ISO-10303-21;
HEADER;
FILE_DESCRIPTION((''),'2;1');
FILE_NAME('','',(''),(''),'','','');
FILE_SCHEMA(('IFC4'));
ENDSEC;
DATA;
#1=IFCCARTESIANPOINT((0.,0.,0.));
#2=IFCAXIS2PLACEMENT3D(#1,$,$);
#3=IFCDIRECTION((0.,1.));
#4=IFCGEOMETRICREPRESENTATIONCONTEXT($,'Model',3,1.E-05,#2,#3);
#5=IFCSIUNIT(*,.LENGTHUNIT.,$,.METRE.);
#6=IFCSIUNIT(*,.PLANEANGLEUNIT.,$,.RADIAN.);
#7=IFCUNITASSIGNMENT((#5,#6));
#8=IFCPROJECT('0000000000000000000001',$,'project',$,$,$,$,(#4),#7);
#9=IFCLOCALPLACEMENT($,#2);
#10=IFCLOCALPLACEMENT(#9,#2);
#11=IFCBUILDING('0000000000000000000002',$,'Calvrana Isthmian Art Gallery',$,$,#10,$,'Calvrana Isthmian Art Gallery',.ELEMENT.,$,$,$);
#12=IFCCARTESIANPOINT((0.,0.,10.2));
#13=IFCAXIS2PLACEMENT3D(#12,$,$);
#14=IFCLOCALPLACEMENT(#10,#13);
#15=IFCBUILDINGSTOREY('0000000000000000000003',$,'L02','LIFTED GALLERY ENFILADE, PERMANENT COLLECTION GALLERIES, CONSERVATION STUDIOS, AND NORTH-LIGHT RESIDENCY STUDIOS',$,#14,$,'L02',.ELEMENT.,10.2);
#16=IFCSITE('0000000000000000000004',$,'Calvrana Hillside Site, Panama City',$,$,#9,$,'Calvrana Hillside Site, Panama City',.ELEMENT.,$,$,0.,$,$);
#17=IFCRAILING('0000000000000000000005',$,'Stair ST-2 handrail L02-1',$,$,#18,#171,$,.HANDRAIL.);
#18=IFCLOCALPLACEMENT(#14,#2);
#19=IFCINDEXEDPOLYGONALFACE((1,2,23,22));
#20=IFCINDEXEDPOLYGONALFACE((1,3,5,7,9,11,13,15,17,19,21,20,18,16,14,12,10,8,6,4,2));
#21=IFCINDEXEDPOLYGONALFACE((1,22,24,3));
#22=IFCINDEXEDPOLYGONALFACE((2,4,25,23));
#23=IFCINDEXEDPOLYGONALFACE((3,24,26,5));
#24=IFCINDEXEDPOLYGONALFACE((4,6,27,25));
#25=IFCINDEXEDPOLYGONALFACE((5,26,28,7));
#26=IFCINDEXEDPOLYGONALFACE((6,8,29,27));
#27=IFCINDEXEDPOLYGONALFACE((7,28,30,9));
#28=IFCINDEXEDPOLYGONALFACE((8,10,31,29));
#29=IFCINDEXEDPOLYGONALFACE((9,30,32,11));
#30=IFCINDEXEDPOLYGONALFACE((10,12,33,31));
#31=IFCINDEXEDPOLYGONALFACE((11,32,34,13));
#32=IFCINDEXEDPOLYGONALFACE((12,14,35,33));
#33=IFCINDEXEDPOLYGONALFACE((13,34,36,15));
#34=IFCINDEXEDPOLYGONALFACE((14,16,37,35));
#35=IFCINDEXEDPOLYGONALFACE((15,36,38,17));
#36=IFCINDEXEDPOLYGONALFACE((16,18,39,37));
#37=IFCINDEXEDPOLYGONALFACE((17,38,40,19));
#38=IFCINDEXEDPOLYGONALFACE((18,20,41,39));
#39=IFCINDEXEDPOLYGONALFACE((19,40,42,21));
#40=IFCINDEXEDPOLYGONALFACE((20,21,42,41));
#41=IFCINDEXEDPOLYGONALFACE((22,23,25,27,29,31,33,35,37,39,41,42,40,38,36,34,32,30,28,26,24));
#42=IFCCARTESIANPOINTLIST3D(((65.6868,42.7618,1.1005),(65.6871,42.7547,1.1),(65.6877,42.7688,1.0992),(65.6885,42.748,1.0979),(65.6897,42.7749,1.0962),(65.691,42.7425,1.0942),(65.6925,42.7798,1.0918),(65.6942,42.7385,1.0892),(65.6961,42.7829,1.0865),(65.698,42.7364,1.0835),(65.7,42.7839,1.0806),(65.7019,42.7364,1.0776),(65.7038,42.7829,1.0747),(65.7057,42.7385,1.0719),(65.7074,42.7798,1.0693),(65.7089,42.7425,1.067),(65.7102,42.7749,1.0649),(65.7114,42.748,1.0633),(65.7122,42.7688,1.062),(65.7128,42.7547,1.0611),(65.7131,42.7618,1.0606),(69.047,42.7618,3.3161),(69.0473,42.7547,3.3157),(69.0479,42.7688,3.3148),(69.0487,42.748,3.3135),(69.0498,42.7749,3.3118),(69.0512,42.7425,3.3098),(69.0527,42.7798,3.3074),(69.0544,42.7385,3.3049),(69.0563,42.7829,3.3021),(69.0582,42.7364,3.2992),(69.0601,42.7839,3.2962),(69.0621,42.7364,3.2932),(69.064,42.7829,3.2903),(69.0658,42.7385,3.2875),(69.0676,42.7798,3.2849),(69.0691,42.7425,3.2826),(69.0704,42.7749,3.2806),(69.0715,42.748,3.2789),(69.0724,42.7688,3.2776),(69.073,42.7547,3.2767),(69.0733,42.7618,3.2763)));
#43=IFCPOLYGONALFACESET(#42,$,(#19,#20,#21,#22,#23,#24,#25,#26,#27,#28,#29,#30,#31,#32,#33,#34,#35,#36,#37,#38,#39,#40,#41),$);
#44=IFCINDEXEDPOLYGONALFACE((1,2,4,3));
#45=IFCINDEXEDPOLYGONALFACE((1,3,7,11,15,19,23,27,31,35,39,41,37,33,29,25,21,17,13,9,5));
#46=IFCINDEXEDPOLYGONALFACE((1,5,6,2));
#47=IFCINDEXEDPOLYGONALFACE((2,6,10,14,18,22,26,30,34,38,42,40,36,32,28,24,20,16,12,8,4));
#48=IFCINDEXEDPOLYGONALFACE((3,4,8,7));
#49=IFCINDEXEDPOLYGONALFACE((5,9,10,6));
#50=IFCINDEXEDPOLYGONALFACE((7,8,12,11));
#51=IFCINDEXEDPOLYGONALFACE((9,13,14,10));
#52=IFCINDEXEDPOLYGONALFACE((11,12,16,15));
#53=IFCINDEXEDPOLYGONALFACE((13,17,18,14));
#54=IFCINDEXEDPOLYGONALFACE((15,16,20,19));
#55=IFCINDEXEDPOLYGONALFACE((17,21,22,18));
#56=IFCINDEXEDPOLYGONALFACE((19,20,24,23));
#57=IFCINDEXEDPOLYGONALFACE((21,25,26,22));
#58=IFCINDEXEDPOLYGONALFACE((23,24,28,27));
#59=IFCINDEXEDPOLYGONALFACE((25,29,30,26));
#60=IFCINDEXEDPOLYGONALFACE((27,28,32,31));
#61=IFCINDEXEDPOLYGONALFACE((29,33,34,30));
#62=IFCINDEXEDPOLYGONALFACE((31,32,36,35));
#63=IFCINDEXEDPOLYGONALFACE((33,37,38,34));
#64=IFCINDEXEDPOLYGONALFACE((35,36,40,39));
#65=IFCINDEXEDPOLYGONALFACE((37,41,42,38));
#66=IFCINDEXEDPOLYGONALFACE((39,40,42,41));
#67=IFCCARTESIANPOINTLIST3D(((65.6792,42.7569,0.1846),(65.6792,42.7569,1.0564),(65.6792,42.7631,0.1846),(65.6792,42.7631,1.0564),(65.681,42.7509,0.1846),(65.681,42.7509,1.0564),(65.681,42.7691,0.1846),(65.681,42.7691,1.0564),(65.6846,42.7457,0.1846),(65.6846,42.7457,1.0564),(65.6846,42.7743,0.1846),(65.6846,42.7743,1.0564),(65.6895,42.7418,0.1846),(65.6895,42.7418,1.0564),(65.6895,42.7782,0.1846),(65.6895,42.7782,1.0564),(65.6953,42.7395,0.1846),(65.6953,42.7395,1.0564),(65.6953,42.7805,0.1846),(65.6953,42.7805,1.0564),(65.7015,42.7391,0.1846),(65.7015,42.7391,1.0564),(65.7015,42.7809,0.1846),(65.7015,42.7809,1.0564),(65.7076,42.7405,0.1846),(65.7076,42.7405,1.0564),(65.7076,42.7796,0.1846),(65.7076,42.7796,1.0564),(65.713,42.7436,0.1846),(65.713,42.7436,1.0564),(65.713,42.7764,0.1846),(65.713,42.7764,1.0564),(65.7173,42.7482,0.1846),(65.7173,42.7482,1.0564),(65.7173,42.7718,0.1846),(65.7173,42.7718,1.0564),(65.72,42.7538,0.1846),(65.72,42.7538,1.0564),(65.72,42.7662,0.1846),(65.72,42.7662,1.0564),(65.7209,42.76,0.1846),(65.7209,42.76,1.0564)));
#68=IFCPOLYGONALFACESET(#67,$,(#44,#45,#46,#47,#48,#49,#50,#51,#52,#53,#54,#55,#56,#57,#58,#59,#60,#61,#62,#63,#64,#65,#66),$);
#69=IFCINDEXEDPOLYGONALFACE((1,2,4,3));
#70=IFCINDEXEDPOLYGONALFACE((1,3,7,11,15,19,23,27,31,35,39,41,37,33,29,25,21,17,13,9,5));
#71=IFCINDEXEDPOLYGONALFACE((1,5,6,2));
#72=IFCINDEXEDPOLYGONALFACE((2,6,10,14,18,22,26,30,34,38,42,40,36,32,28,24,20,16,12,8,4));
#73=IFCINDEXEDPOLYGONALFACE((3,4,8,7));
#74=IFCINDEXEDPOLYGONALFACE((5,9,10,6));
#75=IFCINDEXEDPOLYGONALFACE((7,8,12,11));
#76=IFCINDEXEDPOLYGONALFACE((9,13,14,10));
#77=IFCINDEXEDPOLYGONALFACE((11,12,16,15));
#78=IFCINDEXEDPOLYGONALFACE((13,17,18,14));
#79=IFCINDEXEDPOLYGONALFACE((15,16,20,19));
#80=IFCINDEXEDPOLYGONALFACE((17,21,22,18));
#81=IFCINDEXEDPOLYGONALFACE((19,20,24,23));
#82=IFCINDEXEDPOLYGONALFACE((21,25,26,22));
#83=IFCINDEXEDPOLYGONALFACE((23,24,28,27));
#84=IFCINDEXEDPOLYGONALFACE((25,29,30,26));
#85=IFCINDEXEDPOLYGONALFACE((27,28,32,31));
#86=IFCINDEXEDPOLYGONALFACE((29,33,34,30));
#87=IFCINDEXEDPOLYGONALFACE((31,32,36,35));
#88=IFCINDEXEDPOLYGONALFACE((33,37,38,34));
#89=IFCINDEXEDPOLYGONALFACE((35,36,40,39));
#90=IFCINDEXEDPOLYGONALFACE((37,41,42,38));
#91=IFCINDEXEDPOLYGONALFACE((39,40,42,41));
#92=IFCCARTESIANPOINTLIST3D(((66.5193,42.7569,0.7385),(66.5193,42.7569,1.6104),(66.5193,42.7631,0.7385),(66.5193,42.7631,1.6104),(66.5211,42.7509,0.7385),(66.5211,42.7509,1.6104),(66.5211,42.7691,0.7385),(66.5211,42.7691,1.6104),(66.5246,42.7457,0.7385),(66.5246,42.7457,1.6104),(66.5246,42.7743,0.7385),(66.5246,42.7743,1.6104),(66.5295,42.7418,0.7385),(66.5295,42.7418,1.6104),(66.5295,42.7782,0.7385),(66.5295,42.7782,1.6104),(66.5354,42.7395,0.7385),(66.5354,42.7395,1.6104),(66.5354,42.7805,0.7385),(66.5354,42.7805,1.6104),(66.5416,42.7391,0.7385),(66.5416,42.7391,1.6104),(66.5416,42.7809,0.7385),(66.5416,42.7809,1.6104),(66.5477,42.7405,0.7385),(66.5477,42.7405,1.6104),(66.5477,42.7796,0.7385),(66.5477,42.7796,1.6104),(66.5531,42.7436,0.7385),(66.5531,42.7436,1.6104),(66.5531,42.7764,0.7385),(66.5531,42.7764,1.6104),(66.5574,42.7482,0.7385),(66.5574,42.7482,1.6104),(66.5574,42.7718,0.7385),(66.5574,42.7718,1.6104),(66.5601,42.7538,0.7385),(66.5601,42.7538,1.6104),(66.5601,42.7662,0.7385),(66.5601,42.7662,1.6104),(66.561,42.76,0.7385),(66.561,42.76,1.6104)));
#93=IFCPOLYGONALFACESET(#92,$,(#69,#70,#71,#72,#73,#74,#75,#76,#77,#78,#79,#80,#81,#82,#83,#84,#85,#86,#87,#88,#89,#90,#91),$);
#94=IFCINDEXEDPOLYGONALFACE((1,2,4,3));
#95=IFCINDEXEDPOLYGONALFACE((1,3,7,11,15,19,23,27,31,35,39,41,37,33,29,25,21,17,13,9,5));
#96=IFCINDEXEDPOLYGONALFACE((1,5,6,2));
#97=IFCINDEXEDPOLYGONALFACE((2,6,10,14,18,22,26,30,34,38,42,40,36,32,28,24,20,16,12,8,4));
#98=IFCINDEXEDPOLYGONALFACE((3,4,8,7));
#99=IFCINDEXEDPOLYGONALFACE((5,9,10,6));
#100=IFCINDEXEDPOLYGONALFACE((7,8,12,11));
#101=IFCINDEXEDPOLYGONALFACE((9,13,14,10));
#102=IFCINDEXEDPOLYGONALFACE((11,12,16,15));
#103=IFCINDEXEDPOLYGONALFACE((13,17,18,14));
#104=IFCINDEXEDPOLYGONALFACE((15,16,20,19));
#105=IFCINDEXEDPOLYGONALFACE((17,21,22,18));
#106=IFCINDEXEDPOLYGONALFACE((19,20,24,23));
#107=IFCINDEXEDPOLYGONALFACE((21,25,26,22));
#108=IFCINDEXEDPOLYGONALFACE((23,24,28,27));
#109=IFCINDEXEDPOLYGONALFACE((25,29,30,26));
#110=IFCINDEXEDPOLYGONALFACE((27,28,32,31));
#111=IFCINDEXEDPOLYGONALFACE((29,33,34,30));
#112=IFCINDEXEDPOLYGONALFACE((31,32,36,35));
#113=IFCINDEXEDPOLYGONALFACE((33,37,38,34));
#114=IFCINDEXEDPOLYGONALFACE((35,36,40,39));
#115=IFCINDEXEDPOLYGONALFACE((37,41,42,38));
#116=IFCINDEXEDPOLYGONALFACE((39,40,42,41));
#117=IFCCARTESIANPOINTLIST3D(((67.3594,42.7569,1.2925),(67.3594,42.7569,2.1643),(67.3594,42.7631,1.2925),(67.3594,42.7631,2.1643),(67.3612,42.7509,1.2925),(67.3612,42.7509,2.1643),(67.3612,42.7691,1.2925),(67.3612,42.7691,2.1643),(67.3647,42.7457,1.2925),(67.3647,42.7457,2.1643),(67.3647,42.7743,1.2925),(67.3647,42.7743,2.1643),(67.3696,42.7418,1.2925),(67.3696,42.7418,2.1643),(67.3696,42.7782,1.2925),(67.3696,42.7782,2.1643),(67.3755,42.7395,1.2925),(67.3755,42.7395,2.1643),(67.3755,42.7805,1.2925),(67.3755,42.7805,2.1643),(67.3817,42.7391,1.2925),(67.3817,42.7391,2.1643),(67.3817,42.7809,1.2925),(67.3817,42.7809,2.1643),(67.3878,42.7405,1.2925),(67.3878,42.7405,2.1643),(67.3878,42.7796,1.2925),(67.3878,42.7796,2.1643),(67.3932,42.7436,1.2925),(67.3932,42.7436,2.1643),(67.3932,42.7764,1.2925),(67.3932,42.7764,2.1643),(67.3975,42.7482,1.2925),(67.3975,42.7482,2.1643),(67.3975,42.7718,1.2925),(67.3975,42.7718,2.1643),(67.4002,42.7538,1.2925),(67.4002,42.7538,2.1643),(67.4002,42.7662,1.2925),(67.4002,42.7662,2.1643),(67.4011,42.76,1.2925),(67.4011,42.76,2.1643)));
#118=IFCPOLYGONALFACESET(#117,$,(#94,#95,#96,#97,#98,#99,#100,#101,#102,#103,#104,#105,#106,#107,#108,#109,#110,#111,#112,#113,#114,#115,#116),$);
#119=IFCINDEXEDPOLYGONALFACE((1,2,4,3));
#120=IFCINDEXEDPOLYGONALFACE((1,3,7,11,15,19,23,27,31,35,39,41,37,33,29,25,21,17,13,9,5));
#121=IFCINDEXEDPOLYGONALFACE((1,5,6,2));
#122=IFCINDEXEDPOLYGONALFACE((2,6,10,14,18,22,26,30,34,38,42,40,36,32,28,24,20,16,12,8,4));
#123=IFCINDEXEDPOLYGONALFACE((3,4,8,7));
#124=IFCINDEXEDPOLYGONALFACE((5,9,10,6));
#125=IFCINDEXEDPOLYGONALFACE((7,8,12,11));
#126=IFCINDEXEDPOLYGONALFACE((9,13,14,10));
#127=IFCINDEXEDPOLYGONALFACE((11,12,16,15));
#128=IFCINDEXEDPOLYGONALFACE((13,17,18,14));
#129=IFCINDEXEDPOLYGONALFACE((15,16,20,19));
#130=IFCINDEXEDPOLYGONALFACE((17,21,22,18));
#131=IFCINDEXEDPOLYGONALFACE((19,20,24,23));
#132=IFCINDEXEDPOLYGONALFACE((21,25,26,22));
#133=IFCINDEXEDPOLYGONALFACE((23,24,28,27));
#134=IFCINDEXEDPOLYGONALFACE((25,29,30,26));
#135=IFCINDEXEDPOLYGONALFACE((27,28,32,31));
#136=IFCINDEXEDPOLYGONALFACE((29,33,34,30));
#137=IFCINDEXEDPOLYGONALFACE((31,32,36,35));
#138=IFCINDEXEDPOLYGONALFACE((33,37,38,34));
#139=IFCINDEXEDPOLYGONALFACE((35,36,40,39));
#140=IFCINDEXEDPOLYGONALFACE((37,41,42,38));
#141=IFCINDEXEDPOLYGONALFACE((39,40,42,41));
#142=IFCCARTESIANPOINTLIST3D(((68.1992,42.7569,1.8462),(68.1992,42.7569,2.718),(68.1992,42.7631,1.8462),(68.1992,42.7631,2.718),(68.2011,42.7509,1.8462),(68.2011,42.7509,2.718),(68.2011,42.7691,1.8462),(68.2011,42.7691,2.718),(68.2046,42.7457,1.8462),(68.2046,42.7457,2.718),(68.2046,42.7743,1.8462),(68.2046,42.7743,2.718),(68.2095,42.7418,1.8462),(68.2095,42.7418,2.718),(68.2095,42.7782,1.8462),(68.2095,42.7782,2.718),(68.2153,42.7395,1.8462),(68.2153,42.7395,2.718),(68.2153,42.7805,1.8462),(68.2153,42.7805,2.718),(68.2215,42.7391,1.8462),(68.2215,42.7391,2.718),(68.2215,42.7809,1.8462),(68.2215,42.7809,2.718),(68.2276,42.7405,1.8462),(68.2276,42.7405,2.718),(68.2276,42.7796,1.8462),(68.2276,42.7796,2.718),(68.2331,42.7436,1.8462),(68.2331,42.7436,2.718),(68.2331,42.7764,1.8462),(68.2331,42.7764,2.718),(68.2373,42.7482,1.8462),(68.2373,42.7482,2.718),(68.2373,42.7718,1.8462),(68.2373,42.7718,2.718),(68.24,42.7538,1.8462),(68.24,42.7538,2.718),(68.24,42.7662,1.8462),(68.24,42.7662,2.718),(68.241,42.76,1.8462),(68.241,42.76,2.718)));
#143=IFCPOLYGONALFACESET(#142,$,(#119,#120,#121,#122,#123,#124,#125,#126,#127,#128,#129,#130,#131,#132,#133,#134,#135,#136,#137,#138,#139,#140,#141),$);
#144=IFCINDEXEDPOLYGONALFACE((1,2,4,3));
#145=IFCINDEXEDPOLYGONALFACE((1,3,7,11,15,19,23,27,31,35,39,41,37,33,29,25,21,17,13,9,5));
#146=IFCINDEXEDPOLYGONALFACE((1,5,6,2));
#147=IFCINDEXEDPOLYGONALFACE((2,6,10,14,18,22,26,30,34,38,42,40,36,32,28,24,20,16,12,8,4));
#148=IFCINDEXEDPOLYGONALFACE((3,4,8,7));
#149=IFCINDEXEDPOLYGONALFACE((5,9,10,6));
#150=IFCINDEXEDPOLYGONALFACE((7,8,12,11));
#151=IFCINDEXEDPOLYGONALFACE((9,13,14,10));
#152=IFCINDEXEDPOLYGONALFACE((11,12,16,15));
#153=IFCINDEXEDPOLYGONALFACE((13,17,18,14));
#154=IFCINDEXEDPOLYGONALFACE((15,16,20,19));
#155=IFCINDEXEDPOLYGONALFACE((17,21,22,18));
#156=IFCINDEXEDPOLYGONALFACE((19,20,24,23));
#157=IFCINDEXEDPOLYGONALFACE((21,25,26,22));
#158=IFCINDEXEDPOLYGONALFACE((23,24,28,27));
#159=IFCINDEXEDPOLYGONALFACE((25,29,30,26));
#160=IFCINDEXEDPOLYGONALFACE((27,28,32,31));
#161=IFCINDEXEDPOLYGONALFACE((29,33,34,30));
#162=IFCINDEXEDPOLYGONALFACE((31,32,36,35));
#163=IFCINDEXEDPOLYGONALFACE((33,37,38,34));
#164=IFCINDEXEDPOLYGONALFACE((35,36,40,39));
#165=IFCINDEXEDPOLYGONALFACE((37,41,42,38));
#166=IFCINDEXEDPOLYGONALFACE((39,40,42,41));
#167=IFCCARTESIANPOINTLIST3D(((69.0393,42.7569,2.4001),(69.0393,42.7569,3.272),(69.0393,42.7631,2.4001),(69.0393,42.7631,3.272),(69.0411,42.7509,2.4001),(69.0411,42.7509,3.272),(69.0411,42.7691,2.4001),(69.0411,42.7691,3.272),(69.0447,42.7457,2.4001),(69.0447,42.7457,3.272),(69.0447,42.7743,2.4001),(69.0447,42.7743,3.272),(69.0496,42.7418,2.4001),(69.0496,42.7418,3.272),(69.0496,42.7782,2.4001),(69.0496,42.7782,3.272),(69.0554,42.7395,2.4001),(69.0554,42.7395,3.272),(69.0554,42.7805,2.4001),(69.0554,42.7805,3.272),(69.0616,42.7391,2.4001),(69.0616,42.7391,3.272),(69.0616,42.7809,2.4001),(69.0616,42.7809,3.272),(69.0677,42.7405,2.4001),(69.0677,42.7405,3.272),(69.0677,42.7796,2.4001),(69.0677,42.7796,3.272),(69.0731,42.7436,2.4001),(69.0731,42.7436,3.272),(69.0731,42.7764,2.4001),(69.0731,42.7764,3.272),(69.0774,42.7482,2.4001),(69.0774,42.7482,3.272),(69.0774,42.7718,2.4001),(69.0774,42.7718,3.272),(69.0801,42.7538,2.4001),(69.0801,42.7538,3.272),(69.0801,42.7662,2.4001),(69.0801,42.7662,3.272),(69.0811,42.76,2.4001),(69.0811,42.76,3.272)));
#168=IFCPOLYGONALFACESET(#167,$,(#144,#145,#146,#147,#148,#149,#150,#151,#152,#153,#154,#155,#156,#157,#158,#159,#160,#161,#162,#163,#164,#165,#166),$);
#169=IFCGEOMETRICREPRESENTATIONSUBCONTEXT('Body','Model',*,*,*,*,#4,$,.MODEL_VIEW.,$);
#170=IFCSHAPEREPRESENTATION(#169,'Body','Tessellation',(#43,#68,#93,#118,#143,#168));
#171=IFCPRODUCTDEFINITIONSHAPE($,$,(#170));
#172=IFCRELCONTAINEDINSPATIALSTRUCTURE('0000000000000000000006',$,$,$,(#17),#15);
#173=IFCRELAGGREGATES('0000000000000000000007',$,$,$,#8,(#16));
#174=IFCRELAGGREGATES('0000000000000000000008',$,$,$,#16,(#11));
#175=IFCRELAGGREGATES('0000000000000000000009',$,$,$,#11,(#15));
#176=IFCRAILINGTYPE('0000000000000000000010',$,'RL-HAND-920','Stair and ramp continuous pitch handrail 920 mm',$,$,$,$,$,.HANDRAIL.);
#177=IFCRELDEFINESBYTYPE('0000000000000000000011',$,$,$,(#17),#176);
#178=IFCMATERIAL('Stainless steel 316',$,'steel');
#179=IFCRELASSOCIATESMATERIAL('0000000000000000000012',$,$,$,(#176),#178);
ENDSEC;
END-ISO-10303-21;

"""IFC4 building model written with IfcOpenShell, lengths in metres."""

from ifc_helpers import new_model, si_unit, direction, frame, origin, origin_2d, place, context, subcontext, project, spatial, circle, extrude, material, type_object, element, save


model = new_model("IFC4")

# Units and contexts
model_context = context("Model", 3, precision=1e-05, world=origin(), true_north=direction((0.0, 1.0)))
body_context = subcontext(model_context, "Body", "Model", "MODEL_VIEW")
ifc_project = project(units=[si_unit("LENGTHUNIT", "METRE"), si_unit("PLANEANGLEUNIT", "RADIAN")], contexts=[model_context])

# Site, building, storey
site_placement = place(None, origin())
site = spatial("IfcSite", under=ifc_project, at=site_placement, Name="Calvrana Hillside Site, Panama City", LongName="Calvrana Hillside Site, Panama City", CompositionType="ELEMENT", RefElevation=0.0)
building_placement = place(site_placement, origin())
building = spatial("IfcBuilding", under=site, at=building_placement, Name="Calvrana Isthmian Art Gallery", LongName="Calvrana Isthmian Art Gallery", CompositionType="ELEMENT")
storey_placement = place(building_placement, frame((0.0, 0.0, 10.2)))
storey = spatial("IfcBuildingStorey", under=building, at=storey_placement, Name="L02", Description="LIFTED GALLERY ENFILADE, PERMANENT COLLECTION GALLERIES, CONSERVATION STUDIOS, AND NORTH-LIGHT RESIDENCY STUDIOS", LongName="L02", CompositionType="ELEMENT", Elevation=10.2)

# Shared definitions
ifc_material_1 = material(Name="Stainless steel 316", Category="steel")

# Railing
railing_type_1 = type_object("IfcRailingType", Name="RL-HAND-920", Description="Stair and ramp continuous pitch handrail 920 mm", PredefinedType="HANDRAIL", material=ifc_material_1)
railing_1_placement = place(storey_placement, frame((65.7, 42.76, 0.1846)))
element("IfcRailing", 1, at=railing_1_placement, inside=storey, type_object=railing_type_1, Name="Stair ST-2 handrail L02-1", PredefinedType="HANDRAIL", context=body_context, shape_type="SweptSolid", body=[
    extrude(circle(Radius=0.0239, at=origin_2d()), frame((0.0, 0.0, 0.896), z_axis=(0.834849, 0.0, 0.55048), x_axis=(0.0, 1.0, 0.0)), (0.0, 0.0, 1.0), 4.0249),
    extrude(circle(Radius=0.021, at=origin_2d()), origin(), (0.0, 0.0, 1.0), 0.8718),
    extrude(circle(Radius=0.021, at=origin_2d()), frame((0.8401, 0.0, 0.554)), (0.0, 0.0, 1.0), 0.8718),
    extrude(circle(Radius=0.021, at=origin_2d()), frame((1.6802, 0.0, 1.1079)), (0.0, 0.0, 1.0), 0.8718),
    extrude(circle(Radius=0.021, at=origin_2d()), frame((2.52, 0.0, 1.6616)), (0.0, 0.0, 1.0), 0.8718),
    extrude(circle(Radius=0.021, at=origin_2d()), frame((3.3601, 0.0, 2.2156)), (0.0, 0.0, 1.0), 0.8718),
])

save(model, "model.ifc")
